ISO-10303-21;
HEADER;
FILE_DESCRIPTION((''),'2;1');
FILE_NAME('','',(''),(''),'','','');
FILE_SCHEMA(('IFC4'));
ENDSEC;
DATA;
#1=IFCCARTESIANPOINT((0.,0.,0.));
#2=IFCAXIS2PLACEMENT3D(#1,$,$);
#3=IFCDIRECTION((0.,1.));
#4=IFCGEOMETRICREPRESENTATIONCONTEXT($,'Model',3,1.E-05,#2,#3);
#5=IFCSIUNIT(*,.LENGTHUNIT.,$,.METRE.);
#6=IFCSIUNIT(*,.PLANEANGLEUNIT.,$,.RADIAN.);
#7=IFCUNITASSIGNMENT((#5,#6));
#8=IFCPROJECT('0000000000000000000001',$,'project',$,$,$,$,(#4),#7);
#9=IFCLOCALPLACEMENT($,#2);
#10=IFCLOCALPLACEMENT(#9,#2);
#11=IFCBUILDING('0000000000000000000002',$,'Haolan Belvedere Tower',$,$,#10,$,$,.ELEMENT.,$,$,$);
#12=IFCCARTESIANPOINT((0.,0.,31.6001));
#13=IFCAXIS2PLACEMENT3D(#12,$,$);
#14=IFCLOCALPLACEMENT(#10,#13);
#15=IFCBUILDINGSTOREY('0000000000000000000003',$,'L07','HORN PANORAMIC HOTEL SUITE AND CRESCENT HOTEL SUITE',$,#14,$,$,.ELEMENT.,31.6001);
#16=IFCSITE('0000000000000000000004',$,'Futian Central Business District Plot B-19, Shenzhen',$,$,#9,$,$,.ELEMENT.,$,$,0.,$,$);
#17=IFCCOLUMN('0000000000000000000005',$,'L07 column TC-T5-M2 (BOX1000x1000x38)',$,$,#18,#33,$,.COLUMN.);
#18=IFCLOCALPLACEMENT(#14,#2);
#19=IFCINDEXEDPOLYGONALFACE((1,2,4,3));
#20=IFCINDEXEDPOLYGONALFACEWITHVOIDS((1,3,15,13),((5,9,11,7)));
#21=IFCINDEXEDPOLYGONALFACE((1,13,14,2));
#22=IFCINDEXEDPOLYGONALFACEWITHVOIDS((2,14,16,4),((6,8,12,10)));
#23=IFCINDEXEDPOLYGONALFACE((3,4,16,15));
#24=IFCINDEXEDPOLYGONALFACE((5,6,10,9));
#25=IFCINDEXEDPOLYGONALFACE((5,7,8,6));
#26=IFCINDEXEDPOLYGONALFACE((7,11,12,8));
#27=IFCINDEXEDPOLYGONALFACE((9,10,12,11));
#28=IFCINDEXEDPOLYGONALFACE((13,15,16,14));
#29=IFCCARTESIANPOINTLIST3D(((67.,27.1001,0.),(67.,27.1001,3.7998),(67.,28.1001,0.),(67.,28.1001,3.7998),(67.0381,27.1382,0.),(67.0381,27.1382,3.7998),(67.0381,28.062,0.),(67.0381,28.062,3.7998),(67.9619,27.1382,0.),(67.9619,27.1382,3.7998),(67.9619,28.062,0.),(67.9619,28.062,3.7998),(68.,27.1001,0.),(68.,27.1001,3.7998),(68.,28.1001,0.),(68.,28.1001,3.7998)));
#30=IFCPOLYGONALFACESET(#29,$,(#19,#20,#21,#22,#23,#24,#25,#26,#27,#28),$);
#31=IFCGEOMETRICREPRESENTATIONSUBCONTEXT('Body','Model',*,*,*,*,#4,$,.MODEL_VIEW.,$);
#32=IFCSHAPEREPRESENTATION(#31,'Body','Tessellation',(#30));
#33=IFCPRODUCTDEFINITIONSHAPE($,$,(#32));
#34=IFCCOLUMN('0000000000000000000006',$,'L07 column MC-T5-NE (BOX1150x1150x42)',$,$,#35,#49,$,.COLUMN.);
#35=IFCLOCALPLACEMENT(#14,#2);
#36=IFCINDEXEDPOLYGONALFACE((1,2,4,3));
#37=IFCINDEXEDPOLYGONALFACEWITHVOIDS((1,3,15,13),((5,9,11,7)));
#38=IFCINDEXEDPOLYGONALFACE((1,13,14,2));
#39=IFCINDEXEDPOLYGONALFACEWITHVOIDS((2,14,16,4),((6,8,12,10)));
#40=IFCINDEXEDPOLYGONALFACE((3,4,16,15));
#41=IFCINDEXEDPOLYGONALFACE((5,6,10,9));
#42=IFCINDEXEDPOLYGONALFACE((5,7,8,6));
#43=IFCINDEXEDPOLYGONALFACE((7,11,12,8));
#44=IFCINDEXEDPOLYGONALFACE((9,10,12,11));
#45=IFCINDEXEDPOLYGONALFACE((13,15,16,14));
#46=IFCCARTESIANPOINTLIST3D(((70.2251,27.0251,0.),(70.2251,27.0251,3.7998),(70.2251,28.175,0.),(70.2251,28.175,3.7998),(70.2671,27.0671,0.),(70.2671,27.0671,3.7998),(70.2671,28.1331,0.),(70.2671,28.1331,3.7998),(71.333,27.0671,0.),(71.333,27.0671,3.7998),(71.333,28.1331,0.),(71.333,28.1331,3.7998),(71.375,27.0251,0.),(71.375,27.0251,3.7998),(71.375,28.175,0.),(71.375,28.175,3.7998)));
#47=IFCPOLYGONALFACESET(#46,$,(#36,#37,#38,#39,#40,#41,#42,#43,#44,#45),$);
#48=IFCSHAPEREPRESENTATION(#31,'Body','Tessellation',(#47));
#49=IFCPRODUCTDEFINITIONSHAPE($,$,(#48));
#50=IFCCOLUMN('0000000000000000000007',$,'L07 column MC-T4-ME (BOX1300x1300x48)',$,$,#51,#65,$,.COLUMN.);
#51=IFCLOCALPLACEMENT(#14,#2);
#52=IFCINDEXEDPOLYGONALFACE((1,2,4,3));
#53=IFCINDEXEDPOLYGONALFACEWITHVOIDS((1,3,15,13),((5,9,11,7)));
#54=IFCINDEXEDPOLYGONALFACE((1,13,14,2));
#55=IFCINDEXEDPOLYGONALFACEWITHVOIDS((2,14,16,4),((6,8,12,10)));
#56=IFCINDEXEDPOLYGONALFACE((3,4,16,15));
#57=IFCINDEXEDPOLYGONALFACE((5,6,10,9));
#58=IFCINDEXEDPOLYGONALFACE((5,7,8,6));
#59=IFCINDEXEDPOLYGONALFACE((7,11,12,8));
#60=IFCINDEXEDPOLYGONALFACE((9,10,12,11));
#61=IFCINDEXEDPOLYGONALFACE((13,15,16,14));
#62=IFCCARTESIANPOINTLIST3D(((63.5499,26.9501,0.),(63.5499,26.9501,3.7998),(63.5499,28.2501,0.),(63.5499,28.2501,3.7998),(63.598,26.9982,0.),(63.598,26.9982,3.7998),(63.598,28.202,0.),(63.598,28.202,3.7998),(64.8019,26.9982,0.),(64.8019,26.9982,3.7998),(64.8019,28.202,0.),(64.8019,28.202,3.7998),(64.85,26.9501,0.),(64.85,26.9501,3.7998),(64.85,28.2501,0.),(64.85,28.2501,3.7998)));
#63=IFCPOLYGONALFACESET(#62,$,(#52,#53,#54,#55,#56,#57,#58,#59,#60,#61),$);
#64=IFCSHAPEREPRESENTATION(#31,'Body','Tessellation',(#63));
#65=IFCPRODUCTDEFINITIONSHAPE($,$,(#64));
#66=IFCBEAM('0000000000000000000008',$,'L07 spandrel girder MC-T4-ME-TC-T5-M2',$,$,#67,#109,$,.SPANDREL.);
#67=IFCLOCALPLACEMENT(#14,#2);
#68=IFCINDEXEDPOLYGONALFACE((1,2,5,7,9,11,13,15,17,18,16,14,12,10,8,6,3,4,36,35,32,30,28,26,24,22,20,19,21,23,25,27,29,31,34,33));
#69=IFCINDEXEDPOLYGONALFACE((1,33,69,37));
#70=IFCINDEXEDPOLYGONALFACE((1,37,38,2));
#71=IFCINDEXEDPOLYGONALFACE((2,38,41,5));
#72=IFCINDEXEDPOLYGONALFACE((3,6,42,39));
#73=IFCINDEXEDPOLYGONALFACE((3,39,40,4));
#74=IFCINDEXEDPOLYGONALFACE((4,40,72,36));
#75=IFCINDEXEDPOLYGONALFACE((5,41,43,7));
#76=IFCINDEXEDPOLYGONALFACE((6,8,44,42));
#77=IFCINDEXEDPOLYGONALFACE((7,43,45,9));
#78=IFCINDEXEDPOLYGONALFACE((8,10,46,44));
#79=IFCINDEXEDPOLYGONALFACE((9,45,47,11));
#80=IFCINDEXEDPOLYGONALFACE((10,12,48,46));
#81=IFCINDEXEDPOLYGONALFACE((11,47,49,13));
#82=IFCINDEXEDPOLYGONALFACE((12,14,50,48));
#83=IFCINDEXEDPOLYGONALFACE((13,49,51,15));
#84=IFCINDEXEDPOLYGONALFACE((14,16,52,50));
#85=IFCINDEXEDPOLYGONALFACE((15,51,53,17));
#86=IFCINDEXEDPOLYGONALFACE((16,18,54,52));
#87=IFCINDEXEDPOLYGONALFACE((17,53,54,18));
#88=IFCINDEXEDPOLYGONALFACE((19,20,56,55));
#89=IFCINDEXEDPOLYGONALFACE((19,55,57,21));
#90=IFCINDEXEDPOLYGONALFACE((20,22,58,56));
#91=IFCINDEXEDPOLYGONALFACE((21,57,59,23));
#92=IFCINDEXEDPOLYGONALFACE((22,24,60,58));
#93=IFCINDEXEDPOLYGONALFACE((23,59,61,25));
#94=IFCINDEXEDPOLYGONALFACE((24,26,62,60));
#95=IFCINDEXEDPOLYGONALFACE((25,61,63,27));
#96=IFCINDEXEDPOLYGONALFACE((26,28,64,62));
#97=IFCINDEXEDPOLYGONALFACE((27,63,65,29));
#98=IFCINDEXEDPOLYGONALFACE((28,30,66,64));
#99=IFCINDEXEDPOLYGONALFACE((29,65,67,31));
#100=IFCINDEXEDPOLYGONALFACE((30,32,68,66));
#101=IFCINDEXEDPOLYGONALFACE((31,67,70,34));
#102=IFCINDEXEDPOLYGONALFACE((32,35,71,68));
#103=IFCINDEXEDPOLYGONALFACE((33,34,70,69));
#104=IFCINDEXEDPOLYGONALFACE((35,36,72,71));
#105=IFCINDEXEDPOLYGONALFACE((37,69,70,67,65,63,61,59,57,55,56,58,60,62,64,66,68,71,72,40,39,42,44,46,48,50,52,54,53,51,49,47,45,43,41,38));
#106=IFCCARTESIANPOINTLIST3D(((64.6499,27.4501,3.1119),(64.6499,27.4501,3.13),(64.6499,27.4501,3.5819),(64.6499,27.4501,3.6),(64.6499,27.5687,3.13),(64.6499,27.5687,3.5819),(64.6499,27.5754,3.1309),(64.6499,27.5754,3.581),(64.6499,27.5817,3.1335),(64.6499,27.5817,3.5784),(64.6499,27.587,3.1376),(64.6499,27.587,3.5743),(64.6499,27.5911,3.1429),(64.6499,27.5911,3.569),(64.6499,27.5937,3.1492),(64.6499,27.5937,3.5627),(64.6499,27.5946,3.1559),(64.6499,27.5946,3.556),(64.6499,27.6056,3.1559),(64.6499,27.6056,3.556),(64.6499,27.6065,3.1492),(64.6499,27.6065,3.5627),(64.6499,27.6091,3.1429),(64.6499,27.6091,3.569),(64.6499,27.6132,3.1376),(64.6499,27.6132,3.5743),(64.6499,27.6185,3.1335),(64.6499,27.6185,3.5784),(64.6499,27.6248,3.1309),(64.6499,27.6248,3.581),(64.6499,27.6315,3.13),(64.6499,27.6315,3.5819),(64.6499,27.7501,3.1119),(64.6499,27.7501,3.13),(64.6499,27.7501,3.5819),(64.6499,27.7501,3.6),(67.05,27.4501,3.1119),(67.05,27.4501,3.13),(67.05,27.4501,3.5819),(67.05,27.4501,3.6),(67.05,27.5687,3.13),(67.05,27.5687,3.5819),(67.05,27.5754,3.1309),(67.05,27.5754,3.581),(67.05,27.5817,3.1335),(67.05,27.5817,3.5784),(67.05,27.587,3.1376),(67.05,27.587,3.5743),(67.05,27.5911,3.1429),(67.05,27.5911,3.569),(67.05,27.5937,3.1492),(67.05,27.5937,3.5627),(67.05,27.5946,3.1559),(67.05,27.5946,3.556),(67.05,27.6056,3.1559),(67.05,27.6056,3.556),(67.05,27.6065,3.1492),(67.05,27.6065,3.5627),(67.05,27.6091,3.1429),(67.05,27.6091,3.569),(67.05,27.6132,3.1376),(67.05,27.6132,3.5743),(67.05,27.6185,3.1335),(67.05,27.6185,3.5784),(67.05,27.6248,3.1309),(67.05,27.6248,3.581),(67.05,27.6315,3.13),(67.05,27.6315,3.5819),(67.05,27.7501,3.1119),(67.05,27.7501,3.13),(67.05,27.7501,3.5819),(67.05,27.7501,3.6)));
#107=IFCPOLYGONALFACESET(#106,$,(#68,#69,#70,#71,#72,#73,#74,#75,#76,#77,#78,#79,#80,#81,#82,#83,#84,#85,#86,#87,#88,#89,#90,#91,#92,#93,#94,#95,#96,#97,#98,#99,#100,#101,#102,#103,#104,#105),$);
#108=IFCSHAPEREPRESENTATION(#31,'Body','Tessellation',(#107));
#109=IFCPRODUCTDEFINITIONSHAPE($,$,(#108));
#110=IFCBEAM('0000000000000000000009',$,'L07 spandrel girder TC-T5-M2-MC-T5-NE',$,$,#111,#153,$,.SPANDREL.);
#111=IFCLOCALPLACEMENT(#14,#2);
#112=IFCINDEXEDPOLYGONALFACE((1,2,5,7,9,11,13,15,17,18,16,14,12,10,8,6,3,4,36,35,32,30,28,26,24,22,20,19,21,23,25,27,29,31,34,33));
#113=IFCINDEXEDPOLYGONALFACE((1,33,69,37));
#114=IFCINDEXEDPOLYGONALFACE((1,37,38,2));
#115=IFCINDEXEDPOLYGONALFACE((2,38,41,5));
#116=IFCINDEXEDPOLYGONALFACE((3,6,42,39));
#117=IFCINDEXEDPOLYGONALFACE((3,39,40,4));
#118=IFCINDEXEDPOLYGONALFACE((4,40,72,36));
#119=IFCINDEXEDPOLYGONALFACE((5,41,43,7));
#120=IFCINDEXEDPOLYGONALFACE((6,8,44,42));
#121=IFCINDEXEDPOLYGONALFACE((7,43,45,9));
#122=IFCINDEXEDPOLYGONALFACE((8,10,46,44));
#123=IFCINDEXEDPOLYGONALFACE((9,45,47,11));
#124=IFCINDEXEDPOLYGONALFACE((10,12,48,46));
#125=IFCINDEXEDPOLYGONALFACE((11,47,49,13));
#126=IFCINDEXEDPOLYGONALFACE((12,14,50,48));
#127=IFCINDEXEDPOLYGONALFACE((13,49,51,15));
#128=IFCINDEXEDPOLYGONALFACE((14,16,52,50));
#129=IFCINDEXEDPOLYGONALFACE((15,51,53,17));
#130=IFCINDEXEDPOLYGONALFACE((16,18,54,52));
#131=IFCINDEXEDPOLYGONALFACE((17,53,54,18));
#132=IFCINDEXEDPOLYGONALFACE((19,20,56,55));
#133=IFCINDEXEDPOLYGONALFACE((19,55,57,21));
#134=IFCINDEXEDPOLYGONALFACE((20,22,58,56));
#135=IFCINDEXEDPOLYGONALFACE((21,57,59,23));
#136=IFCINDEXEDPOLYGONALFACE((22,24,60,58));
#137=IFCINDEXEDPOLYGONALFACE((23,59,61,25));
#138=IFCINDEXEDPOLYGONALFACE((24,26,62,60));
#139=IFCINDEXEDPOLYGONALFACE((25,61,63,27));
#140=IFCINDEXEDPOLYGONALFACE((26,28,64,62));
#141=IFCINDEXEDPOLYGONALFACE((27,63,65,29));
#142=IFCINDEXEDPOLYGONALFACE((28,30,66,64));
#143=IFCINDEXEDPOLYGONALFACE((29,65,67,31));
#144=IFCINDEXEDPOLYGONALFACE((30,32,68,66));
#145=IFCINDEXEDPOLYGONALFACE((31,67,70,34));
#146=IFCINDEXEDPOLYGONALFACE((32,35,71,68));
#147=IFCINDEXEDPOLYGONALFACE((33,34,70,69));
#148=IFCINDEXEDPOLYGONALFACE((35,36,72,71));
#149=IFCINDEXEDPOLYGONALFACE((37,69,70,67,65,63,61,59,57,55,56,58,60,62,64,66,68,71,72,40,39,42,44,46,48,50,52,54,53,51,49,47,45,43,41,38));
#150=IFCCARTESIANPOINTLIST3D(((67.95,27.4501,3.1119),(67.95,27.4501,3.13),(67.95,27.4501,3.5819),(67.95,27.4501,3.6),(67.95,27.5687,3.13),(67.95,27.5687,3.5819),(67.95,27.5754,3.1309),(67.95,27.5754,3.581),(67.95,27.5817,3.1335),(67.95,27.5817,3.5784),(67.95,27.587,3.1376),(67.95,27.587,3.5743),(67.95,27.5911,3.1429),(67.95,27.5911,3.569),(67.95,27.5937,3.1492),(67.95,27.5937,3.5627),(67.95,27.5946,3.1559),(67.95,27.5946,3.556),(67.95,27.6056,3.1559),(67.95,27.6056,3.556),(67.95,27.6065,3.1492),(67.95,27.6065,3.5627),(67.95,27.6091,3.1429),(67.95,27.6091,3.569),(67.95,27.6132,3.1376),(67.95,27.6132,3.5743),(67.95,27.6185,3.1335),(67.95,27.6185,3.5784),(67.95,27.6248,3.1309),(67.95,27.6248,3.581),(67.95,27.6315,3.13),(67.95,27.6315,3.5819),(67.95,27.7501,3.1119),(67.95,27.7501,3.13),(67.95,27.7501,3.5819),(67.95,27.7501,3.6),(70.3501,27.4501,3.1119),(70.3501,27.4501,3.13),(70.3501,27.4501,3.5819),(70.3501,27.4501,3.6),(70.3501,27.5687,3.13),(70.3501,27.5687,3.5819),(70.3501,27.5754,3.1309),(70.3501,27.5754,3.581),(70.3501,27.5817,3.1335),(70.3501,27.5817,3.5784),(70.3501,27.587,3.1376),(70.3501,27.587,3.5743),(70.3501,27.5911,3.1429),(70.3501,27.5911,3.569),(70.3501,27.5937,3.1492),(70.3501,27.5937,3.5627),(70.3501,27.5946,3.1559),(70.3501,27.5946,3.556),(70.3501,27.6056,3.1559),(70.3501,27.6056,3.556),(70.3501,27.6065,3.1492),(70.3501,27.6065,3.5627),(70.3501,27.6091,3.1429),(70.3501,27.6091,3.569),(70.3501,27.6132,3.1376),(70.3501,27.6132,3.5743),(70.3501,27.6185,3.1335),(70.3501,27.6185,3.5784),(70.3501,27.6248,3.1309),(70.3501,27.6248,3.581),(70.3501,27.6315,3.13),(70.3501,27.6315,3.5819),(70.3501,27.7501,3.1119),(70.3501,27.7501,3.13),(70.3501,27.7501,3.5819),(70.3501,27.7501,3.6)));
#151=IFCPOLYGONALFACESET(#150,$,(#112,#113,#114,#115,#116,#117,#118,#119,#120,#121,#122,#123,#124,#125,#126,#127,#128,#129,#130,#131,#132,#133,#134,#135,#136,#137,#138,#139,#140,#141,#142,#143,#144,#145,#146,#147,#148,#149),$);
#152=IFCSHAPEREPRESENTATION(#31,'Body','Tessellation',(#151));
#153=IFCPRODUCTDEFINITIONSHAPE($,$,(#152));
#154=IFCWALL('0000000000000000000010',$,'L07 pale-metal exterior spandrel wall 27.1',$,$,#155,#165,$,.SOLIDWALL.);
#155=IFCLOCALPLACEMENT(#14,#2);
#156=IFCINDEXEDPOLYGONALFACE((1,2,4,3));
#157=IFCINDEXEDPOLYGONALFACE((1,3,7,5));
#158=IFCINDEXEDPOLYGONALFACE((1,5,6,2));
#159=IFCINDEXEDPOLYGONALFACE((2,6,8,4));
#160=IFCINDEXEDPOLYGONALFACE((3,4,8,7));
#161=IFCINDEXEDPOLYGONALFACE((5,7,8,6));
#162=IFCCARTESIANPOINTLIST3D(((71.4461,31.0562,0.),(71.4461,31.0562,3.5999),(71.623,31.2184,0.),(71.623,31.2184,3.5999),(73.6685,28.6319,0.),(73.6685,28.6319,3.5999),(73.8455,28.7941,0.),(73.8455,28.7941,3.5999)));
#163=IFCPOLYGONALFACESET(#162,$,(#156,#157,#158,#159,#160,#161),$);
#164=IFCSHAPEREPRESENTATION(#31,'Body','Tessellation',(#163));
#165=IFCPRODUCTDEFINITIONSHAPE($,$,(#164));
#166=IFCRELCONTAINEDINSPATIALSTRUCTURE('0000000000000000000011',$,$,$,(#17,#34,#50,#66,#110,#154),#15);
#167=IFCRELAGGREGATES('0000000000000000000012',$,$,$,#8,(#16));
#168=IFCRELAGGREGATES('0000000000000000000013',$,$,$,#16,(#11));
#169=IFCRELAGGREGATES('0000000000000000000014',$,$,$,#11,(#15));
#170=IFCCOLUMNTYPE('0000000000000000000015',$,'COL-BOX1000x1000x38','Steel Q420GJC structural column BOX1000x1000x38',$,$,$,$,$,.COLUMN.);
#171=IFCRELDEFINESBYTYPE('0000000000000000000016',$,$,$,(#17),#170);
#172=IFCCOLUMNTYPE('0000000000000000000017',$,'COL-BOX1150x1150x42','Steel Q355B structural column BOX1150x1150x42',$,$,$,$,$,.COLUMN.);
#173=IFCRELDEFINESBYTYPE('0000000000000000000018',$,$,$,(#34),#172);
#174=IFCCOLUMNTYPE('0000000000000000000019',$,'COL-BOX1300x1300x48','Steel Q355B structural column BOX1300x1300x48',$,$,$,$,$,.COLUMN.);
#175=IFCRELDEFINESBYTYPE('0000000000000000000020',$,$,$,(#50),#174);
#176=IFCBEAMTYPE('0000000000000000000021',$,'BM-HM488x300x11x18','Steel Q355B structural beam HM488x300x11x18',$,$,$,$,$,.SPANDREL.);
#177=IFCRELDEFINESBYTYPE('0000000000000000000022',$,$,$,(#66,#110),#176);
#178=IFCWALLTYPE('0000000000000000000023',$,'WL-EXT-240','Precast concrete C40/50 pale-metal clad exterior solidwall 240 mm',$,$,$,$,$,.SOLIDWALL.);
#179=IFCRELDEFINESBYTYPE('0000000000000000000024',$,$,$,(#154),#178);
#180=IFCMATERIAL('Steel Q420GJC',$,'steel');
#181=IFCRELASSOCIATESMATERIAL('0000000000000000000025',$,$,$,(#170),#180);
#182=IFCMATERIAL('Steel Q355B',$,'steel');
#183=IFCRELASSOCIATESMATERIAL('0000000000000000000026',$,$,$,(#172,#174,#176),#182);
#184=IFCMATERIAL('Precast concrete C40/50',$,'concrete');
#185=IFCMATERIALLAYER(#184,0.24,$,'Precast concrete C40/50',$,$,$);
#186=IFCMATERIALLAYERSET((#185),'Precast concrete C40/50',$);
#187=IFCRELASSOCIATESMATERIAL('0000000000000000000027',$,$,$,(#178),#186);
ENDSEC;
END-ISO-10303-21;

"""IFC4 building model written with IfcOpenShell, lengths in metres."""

from ifc_helpers import new_model, si_unit, direction, frame, frame_2d, origin, origin_2d, place, context, subcontext, project, spatial, rectangle, hollow_rectangle, i_section, extrude, material, layer, layer_set, material_profile, profile_set, type_object, element, save


model = new_model("IFC4")

# Units and contexts
model_context = context("Model", 3, precision=1e-05, world=origin(), true_north=direction((0.0, 1.0)))
body_context = subcontext(model_context, "Body", "Model", "MODEL_VIEW")
ifc_project = project(units=[si_unit("LENGTHUNIT", "METRE"), si_unit("PLANEANGLEUNIT", "RADIAN")], contexts=[model_context])

# Site, building, storey
site_placement = place(None, origin())
site = spatial("IfcSite", under=ifc_project, at=site_placement, Name="Futian Central Business District Plot B-19, Shenzhen", CompositionType="ELEMENT", RefElevation=0.0)
building_placement = place(site_placement, origin())
building = spatial("IfcBuilding", under=site, at=building_placement, Name="Haolan Belvedere Tower", CompositionType="ELEMENT")
storey_placement = place(building_placement, frame((0.0, 0.0, 31.6001)))
storey = spatial("IfcBuildingStorey", under=building, at=storey_placement, Name="L07", Description="HORN PANORAMIC HOTEL SUITE AND CRESCENT HOTEL SUITE", CompositionType="ELEMENT", Elevation=31.6001)

# Columns
ifc_material_1 = material(Name="Steel Q420GJC", Category="steel")
ifc_material_profile_1 = material_profile(ifc_material_1, hollow_rectangle(XDim=1.0, YDim=1.0, WallThickness=0.0381, at=origin_2d()), Name="Steel Q420GJC")
ifc_profile_set_1 = profile_set([ifc_material_profile_1], Name="Steel Q420GJC")
column_type_1 = type_object("IfcColumnType", Name="COL-BOX1000x1000x38", Description="Steel Q420GJC structural column BOX1000x1000x38", PredefinedType="COLUMN", material=ifc_profile_set_1)
column_1_placement = place(storey_placement, frame((67.5, 27.6001, 0.0), z_axis=(0.0, 0.0, 1.0), x_axis=(1.0, 0.0, 0.0)))
element("IfcColumn", 1, at=column_1_placement, inside=storey, type_object=column_type_1, Name="L07 column TC-T5-M2 (BOX1000x1000x38)", PredefinedType="COLUMN", context=body_context, shape_type="SweptSolid", body=[
    extrude(hollow_rectangle(XDim=1.0, YDim=1.0, WallThickness=0.0381, at=origin_2d()), origin(), (0.0, 0.0, 1.0), 3.7998),
])
ifc_material_2 = material(Name="Steel Q355B", Category="steel")
ifc_material_profile_2 = material_profile(ifc_material_2, hollow_rectangle(XDim=1.1499, YDim=1.1499, WallThickness=0.042, at=origin_2d()), Name="Steel Q355B")
ifc_profile_set_2 = profile_set([ifc_material_profile_2], Name="Steel Q355B")
column_type_2 = type_object("IfcColumnType", Name="COL-BOX1150x1150x42", Description="Steel Q355B structural column BOX1150x1150x42", PredefinedType="COLUMN", material=ifc_profile_set_2)
column_2_placement = place(storey_placement, frame((70.8, 27.6001, 0.0), z_axis=(0.0, 0.0, 1.0), x_axis=(1.0, 0.0, 0.0)))
element("IfcColumn", 2, at=column_2_placement, inside=storey, type_object=column_type_2, Name="L07 column MC-T5-NE (BOX1150x1150x42)", PredefinedType="COLUMN", context=body_context, shape_type="SweptSolid", body=[
    extrude(hollow_rectangle(XDim=1.1499, YDim=1.1499, WallThickness=0.042, at=origin_2d()), origin(), (0.0, 0.0, 1.0), 3.7998),
])
ifc_material_profile_3 = material_profile(ifc_material_2, hollow_rectangle(XDim=1.3, YDim=1.3, WallThickness=0.0481, at=origin_2d()), Name="Steel Q355B")
ifc_profile_set_3 = profile_set([ifc_material_profile_3], Name="Steel Q355B")
column_type_3 = type_object("IfcColumnType", Name="COL-BOX1300x1300x48", Description="Steel Q355B structural column BOX1300x1300x48", PredefinedType="COLUMN", material=ifc_profile_set_3)
column_3_placement = place(storey_placement, frame((64.2, 27.6001, 0.0), z_axis=(0.0, 0.0, 1.0), x_axis=(1.0, 0.0, 0.0)))
element("IfcColumn", 3, at=column_3_placement, inside=storey, type_object=column_type_3, Name="L07 column MC-T4-ME (BOX1300x1300x48)", PredefinedType="COLUMN", context=body_context, shape_type="SweptSolid", body=[
    extrude(hollow_rectangle(XDim=1.3, YDim=1.3, WallThickness=0.0481, at=origin_2d()), origin(), (0.0, 0.0, 1.0), 3.7998),
])

# Beams
ifc_material_profile_4 = material_profile(ifc_material_2, i_section(OverallWidth=0.3, OverallDepth=0.488, WebThickness=0.011, FlangeThickness=0.0181, FilletRadius=0.0259, at=origin_2d()), Name="Steel Q355B")
ifc_profile_set_4 = profile_set([ifc_material_profile_4], Name="Steel Q355B")
beam_type = type_object("IfcBeamType", Name="BM-HM488x300x11x18", Description="Steel Q355B structural beam HM488x300x11x18", PredefinedType="SPANDREL", material=ifc_profile_set_4)
for number, where, z_axis, x_axis, name in (
    (4, (64.6499, 27.6001, 3.356), (1.0, 0.0, 0.0), (0.0, 1.0, 0.0), "L07 spandrel girder MC-T4-ME-TC-T5-M2"),
    (5, (67.95, 27.6001, 3.356), (1.0, 0.0, 0.0), (0.0, 1.0, 0.0), "L07 spandrel girder TC-T5-M2-MC-T5-NE"),
):
    element("IfcBeam", number, at=place(storey_placement, frame(where, z_axis=z_axis, x_axis=x_axis)), inside=storey, type_object=beam_type, Name=name, PredefinedType="SPANDREL", context=body_context, shape_type="SweptSolid", body=[
        extrude(i_section(OverallWidth=0.3, OverallDepth=0.488, WebThickness=0.011, FlangeThickness=0.0181, FilletRadius=0.0259, at=origin_2d()), origin(), (0.0, 0.0, 1.0), 2.4001),
    ])

# Wall
ifc_material_3 = material(Name="Precast concrete C40/50", Category="concrete")
ifc_layer_1 = layer(ifc_material_3, 0.24, Name="Precast concrete C40/50")
ifc_layer_set_1 = layer_set([ifc_layer_1], Name="Precast concrete C40/50")
wall_type_1 = type_object("IfcWallType", Name="WL-EXT-240", Description="Precast concrete C40/50 pale-metal clad exterior solidwall 240 mm", PredefinedType="SOLIDWALL", material=ifc_layer_set_1)
wall_1_placement = place(storey_placement, frame((73.7571, 28.7129, 0.0), z_axis=(0.0, 0.0, 1.0), x_axis=(-0.675745, 0.737136, 0.0)))
element("IfcWall", 6, at=wall_1_placement, inside=storey, type_object=wall_type_1, Name="L07 pale-metal exterior spandrel wall 27.1", PredefinedType="SOLIDWALL", context=body_context, shape_type="SweptSolid", body=[
    extrude(rectangle(XDim=3.2888, YDim=0.24, at=frame_2d((1.6445, 0.0))), origin(), (0.0, 0.0, 1.0), 3.5999),
])

save(model, "model.ifc")
